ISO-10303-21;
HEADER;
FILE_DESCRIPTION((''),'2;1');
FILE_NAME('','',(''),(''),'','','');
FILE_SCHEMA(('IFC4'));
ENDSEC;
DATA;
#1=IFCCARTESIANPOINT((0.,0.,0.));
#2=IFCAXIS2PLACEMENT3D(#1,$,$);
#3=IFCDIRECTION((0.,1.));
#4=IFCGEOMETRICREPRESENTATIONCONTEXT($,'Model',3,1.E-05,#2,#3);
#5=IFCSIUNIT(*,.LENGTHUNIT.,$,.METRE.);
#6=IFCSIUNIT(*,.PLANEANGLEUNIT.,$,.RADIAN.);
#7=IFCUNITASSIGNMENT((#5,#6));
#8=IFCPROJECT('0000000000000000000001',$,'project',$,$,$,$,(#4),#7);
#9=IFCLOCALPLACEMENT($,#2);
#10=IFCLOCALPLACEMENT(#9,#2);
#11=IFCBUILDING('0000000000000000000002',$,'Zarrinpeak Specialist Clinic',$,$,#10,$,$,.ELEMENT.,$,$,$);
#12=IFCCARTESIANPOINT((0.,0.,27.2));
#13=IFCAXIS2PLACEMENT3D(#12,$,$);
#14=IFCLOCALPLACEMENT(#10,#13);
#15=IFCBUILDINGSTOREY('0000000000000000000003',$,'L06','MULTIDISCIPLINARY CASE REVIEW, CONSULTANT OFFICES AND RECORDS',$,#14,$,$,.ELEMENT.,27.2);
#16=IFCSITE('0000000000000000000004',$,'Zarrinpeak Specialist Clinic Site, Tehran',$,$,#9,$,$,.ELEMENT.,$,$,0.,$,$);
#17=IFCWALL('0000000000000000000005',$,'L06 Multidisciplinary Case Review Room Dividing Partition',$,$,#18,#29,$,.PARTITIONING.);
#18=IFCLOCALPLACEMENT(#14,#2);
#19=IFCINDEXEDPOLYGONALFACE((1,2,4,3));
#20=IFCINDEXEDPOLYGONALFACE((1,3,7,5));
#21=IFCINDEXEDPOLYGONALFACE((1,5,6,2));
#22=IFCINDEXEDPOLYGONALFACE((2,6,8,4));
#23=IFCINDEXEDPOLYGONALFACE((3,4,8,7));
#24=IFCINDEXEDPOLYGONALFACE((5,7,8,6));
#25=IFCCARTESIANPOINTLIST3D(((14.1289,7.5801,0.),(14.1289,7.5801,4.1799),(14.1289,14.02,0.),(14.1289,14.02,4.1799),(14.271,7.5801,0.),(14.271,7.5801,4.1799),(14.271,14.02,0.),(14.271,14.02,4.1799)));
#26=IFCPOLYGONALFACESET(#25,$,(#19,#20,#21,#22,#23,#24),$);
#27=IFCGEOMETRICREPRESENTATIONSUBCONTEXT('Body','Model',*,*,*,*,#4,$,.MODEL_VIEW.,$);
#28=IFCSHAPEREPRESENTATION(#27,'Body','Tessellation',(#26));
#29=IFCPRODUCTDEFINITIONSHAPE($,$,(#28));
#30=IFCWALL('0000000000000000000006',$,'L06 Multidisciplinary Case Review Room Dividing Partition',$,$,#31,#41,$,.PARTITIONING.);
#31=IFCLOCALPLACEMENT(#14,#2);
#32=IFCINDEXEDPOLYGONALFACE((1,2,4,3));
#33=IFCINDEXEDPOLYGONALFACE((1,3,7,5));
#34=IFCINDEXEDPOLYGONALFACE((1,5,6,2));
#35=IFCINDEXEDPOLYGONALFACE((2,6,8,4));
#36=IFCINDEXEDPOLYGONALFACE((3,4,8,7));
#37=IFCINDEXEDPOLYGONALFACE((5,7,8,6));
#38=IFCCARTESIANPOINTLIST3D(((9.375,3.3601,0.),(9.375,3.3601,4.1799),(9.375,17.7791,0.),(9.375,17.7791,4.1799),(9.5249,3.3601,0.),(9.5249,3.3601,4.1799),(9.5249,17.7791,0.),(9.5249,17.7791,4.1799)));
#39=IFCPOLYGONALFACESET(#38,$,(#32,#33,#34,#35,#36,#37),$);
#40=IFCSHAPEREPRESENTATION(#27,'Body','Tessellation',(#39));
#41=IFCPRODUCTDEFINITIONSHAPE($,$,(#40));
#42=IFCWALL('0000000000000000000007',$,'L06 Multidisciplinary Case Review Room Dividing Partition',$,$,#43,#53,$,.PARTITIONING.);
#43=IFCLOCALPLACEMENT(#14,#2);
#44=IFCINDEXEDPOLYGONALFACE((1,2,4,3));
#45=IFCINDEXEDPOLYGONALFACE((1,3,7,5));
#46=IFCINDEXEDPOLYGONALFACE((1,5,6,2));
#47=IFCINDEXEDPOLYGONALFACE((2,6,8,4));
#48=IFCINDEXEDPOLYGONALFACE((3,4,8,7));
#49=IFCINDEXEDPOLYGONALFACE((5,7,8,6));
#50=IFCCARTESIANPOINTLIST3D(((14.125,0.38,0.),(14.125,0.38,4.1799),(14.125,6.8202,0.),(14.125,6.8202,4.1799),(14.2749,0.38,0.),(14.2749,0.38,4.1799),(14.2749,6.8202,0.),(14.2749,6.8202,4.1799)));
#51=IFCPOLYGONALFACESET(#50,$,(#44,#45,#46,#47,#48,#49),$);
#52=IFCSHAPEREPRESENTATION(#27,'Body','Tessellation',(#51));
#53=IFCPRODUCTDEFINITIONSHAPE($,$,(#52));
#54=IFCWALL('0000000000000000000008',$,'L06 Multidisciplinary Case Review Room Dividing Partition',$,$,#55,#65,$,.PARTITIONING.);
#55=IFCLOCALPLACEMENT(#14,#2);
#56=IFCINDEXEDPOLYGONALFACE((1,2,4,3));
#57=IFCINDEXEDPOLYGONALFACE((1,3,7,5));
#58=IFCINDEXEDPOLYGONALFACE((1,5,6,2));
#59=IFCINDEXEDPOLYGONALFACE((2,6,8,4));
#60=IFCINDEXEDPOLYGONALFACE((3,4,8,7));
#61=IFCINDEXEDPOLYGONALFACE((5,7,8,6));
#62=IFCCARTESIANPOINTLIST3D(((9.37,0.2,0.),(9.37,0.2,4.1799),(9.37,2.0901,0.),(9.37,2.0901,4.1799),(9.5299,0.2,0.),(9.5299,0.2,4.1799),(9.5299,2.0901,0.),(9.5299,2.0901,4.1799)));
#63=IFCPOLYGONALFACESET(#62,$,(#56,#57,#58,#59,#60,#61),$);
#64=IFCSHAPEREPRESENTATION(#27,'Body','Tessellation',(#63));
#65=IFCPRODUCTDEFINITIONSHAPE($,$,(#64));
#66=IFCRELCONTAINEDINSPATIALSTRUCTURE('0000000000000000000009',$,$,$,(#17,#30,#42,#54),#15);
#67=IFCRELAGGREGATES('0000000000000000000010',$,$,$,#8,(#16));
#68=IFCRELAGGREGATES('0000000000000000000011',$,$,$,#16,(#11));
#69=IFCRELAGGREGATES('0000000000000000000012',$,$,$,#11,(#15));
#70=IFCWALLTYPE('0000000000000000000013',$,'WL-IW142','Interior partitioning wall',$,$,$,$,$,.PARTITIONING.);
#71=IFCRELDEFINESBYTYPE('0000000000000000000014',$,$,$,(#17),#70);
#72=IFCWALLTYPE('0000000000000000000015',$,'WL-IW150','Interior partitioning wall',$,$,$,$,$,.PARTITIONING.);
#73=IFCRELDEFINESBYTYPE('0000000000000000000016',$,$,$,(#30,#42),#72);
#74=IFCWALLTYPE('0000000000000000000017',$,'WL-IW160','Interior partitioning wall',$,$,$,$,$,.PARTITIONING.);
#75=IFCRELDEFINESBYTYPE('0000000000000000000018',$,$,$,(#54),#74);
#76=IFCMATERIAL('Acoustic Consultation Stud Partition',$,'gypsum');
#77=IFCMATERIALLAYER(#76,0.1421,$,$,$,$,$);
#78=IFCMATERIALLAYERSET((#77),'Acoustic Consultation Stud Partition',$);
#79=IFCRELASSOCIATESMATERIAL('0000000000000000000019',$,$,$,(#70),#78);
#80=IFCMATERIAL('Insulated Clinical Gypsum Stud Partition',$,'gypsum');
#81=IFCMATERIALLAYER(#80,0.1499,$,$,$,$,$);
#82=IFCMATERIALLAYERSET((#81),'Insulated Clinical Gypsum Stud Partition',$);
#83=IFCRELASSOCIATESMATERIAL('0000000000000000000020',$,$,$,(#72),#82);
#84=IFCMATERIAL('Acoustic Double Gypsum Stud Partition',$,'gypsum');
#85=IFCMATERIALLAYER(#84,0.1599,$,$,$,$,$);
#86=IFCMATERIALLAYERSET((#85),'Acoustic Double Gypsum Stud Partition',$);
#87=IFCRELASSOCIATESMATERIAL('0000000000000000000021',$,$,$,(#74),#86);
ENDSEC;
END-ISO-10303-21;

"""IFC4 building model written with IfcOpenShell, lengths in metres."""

from ifc_helpers import new_model, si_unit, direction, frame, frame_2d, origin, place, context, subcontext, project, spatial, rectangle, extrude, material, layer, layer_set, type_object, element, save


model = new_model("IFC4")

# Units and contexts
model_context = context("Model", 3, precision=1e-05, world=origin(), true_north=direction((0.0, 1.0)))
body_context = subcontext(model_context, "Body", "Model", "MODEL_VIEW")
ifc_project = project(units=[si_unit("LENGTHUNIT", "METRE"), si_unit("PLANEANGLEUNIT", "RADIAN")], contexts=[model_context])

# Site, building, storey
site_placement = place(None, origin())
site = spatial("IfcSite", under=ifc_project, at=site_placement, Name="Zarrinpeak Specialist Clinic Site, Tehran", CompositionType="ELEMENT", RefElevation=0.0)
building_placement = place(site_placement, origin())
building = spatial("IfcBuilding", under=site, at=building_placement, Name="Zarrinpeak Specialist Clinic", CompositionType="ELEMENT")
storey_placement = place(building_placement, frame((0.0, 0.0, 27.2)))
storey = spatial("IfcBuildingStorey", under=building, at=storey_placement, Name="L06", Description="MULTIDISCIPLINARY CASE REVIEW, CONSULTANT OFFICES AND RECORDS", CompositionType="ELEMENT", Elevation=27.2)

# Walls
ifc_material_1 = material(Name="Acoustic Consultation Stud Partition", Category="gypsum")
ifc_layer_1 = layer(ifc_material_1, 0.1421)
ifc_layer_set_1 = layer_set([ifc_layer_1], Name="Acoustic Consultation Stud Partition")
wall_type_1 = type_object("IfcWallType", Name="WL-IW142", Description="Interior partitioning wall", PredefinedType="PARTITIONING", material=ifc_layer_set_1)
wall_1_placement = place(storey_placement, frame((14.2, 7.5801, 0.0), z_axis=(0.0, 0.0, 1.0), x_axis=(0.0, 1.0, 0.0)))
element("IfcWall", 1, at=wall_1_placement, inside=storey, type_object=wall_type_1, Name="L06 Multidisciplinary Case Review Room Dividing Partition", PredefinedType="PARTITIONING", context=body_context, shape_type="SweptSolid", body=[
    extrude(rectangle(XDim=6.4399, YDim=0.1421, at=frame_2d((3.22, 0.0))), origin(), (0.0, 0.0, 1.0), 4.1799),
])
ifc_material_2 = material(Name="Insulated Clinical Gypsum Stud Partition", Category="gypsum")
ifc_layer_2 = layer(ifc_material_2, 0.1499)
ifc_layer_set_2 = layer_set([ifc_layer_2], Name="Insulated Clinical Gypsum Stud Partition")
wall_type_2 = type_object("IfcWallType", Name="WL-IW150", Description="Interior partitioning wall", PredefinedType="PARTITIONING", material=ifc_layer_set_2)
wall_2_placement = place(storey_placement, frame((9.45, 3.3601, 0.0), z_axis=(0.0, 0.0, 1.0), x_axis=(0.0, 1.0, 0.0)))
element("IfcWall", 2, at=wall_2_placement, inside=storey, type_object=wall_type_2, Name="L06 Multidisciplinary Case Review Room Dividing Partition", PredefinedType="PARTITIONING", context=body_context, shape_type="SweptSolid", body=[
    extrude(rectangle(XDim=14.4189, YDim=0.1499, at=frame_2d((7.2095, 0.0))), origin(), (0.0, 0.0, 1.0), 4.1799),
])
wall_3_placement = place(storey_placement, frame((14.2, 0.3799, 0.0), z_axis=(0.0, 0.0, 1.0), x_axis=(0.0, 1.0, 0.0)))
element("IfcWall", 3, at=wall_3_placement, inside=storey, type_object=wall_type_2, Name="L06 Multidisciplinary Case Review Room Dividing Partition", PredefinedType="PARTITIONING", context=body_context, shape_type="SweptSolid", body=[
    extrude(rectangle(XDim=6.4402, YDim=0.1499, at=frame_2d((3.2202, 0.0))), origin(), (0.0, 0.0, 1.0), 4.1799),
])
ifc_material_3 = material(Name="Acoustic Double Gypsum Stud Partition", Category="gypsum")
ifc_layer_3 = layer(ifc_material_3, 0.1599)
ifc_layer_set_3 = layer_set([ifc_layer_3], Name="Acoustic Double Gypsum Stud Partition")
wall_type_3 = type_object("IfcWallType", Name="WL-IW160", Description="Interior partitioning wall", PredefinedType="PARTITIONING", material=ifc_layer_set_3)
wall_4_placement = place(storey_placement, frame((9.45, 0.2, 0.0), z_axis=(0.0, 0.0, 1.0), x_axis=(0.0, 1.0, 0.0)))
element("IfcWall", 4, at=wall_4_placement, inside=storey, type_object=wall_type_3, Name="L06 Multidisciplinary Case Review Room Dividing Partition", PredefinedType="PARTITIONING", context=body_context, shape_type="SweptSolid", body=[
    extrude(rectangle(XDim=1.8901, YDim=0.1599, at=frame_2d((0.9451, 0.0))), origin(), (0.0, 0.0, 1.0), 4.1799),
])

save(model, "model.ifc")
